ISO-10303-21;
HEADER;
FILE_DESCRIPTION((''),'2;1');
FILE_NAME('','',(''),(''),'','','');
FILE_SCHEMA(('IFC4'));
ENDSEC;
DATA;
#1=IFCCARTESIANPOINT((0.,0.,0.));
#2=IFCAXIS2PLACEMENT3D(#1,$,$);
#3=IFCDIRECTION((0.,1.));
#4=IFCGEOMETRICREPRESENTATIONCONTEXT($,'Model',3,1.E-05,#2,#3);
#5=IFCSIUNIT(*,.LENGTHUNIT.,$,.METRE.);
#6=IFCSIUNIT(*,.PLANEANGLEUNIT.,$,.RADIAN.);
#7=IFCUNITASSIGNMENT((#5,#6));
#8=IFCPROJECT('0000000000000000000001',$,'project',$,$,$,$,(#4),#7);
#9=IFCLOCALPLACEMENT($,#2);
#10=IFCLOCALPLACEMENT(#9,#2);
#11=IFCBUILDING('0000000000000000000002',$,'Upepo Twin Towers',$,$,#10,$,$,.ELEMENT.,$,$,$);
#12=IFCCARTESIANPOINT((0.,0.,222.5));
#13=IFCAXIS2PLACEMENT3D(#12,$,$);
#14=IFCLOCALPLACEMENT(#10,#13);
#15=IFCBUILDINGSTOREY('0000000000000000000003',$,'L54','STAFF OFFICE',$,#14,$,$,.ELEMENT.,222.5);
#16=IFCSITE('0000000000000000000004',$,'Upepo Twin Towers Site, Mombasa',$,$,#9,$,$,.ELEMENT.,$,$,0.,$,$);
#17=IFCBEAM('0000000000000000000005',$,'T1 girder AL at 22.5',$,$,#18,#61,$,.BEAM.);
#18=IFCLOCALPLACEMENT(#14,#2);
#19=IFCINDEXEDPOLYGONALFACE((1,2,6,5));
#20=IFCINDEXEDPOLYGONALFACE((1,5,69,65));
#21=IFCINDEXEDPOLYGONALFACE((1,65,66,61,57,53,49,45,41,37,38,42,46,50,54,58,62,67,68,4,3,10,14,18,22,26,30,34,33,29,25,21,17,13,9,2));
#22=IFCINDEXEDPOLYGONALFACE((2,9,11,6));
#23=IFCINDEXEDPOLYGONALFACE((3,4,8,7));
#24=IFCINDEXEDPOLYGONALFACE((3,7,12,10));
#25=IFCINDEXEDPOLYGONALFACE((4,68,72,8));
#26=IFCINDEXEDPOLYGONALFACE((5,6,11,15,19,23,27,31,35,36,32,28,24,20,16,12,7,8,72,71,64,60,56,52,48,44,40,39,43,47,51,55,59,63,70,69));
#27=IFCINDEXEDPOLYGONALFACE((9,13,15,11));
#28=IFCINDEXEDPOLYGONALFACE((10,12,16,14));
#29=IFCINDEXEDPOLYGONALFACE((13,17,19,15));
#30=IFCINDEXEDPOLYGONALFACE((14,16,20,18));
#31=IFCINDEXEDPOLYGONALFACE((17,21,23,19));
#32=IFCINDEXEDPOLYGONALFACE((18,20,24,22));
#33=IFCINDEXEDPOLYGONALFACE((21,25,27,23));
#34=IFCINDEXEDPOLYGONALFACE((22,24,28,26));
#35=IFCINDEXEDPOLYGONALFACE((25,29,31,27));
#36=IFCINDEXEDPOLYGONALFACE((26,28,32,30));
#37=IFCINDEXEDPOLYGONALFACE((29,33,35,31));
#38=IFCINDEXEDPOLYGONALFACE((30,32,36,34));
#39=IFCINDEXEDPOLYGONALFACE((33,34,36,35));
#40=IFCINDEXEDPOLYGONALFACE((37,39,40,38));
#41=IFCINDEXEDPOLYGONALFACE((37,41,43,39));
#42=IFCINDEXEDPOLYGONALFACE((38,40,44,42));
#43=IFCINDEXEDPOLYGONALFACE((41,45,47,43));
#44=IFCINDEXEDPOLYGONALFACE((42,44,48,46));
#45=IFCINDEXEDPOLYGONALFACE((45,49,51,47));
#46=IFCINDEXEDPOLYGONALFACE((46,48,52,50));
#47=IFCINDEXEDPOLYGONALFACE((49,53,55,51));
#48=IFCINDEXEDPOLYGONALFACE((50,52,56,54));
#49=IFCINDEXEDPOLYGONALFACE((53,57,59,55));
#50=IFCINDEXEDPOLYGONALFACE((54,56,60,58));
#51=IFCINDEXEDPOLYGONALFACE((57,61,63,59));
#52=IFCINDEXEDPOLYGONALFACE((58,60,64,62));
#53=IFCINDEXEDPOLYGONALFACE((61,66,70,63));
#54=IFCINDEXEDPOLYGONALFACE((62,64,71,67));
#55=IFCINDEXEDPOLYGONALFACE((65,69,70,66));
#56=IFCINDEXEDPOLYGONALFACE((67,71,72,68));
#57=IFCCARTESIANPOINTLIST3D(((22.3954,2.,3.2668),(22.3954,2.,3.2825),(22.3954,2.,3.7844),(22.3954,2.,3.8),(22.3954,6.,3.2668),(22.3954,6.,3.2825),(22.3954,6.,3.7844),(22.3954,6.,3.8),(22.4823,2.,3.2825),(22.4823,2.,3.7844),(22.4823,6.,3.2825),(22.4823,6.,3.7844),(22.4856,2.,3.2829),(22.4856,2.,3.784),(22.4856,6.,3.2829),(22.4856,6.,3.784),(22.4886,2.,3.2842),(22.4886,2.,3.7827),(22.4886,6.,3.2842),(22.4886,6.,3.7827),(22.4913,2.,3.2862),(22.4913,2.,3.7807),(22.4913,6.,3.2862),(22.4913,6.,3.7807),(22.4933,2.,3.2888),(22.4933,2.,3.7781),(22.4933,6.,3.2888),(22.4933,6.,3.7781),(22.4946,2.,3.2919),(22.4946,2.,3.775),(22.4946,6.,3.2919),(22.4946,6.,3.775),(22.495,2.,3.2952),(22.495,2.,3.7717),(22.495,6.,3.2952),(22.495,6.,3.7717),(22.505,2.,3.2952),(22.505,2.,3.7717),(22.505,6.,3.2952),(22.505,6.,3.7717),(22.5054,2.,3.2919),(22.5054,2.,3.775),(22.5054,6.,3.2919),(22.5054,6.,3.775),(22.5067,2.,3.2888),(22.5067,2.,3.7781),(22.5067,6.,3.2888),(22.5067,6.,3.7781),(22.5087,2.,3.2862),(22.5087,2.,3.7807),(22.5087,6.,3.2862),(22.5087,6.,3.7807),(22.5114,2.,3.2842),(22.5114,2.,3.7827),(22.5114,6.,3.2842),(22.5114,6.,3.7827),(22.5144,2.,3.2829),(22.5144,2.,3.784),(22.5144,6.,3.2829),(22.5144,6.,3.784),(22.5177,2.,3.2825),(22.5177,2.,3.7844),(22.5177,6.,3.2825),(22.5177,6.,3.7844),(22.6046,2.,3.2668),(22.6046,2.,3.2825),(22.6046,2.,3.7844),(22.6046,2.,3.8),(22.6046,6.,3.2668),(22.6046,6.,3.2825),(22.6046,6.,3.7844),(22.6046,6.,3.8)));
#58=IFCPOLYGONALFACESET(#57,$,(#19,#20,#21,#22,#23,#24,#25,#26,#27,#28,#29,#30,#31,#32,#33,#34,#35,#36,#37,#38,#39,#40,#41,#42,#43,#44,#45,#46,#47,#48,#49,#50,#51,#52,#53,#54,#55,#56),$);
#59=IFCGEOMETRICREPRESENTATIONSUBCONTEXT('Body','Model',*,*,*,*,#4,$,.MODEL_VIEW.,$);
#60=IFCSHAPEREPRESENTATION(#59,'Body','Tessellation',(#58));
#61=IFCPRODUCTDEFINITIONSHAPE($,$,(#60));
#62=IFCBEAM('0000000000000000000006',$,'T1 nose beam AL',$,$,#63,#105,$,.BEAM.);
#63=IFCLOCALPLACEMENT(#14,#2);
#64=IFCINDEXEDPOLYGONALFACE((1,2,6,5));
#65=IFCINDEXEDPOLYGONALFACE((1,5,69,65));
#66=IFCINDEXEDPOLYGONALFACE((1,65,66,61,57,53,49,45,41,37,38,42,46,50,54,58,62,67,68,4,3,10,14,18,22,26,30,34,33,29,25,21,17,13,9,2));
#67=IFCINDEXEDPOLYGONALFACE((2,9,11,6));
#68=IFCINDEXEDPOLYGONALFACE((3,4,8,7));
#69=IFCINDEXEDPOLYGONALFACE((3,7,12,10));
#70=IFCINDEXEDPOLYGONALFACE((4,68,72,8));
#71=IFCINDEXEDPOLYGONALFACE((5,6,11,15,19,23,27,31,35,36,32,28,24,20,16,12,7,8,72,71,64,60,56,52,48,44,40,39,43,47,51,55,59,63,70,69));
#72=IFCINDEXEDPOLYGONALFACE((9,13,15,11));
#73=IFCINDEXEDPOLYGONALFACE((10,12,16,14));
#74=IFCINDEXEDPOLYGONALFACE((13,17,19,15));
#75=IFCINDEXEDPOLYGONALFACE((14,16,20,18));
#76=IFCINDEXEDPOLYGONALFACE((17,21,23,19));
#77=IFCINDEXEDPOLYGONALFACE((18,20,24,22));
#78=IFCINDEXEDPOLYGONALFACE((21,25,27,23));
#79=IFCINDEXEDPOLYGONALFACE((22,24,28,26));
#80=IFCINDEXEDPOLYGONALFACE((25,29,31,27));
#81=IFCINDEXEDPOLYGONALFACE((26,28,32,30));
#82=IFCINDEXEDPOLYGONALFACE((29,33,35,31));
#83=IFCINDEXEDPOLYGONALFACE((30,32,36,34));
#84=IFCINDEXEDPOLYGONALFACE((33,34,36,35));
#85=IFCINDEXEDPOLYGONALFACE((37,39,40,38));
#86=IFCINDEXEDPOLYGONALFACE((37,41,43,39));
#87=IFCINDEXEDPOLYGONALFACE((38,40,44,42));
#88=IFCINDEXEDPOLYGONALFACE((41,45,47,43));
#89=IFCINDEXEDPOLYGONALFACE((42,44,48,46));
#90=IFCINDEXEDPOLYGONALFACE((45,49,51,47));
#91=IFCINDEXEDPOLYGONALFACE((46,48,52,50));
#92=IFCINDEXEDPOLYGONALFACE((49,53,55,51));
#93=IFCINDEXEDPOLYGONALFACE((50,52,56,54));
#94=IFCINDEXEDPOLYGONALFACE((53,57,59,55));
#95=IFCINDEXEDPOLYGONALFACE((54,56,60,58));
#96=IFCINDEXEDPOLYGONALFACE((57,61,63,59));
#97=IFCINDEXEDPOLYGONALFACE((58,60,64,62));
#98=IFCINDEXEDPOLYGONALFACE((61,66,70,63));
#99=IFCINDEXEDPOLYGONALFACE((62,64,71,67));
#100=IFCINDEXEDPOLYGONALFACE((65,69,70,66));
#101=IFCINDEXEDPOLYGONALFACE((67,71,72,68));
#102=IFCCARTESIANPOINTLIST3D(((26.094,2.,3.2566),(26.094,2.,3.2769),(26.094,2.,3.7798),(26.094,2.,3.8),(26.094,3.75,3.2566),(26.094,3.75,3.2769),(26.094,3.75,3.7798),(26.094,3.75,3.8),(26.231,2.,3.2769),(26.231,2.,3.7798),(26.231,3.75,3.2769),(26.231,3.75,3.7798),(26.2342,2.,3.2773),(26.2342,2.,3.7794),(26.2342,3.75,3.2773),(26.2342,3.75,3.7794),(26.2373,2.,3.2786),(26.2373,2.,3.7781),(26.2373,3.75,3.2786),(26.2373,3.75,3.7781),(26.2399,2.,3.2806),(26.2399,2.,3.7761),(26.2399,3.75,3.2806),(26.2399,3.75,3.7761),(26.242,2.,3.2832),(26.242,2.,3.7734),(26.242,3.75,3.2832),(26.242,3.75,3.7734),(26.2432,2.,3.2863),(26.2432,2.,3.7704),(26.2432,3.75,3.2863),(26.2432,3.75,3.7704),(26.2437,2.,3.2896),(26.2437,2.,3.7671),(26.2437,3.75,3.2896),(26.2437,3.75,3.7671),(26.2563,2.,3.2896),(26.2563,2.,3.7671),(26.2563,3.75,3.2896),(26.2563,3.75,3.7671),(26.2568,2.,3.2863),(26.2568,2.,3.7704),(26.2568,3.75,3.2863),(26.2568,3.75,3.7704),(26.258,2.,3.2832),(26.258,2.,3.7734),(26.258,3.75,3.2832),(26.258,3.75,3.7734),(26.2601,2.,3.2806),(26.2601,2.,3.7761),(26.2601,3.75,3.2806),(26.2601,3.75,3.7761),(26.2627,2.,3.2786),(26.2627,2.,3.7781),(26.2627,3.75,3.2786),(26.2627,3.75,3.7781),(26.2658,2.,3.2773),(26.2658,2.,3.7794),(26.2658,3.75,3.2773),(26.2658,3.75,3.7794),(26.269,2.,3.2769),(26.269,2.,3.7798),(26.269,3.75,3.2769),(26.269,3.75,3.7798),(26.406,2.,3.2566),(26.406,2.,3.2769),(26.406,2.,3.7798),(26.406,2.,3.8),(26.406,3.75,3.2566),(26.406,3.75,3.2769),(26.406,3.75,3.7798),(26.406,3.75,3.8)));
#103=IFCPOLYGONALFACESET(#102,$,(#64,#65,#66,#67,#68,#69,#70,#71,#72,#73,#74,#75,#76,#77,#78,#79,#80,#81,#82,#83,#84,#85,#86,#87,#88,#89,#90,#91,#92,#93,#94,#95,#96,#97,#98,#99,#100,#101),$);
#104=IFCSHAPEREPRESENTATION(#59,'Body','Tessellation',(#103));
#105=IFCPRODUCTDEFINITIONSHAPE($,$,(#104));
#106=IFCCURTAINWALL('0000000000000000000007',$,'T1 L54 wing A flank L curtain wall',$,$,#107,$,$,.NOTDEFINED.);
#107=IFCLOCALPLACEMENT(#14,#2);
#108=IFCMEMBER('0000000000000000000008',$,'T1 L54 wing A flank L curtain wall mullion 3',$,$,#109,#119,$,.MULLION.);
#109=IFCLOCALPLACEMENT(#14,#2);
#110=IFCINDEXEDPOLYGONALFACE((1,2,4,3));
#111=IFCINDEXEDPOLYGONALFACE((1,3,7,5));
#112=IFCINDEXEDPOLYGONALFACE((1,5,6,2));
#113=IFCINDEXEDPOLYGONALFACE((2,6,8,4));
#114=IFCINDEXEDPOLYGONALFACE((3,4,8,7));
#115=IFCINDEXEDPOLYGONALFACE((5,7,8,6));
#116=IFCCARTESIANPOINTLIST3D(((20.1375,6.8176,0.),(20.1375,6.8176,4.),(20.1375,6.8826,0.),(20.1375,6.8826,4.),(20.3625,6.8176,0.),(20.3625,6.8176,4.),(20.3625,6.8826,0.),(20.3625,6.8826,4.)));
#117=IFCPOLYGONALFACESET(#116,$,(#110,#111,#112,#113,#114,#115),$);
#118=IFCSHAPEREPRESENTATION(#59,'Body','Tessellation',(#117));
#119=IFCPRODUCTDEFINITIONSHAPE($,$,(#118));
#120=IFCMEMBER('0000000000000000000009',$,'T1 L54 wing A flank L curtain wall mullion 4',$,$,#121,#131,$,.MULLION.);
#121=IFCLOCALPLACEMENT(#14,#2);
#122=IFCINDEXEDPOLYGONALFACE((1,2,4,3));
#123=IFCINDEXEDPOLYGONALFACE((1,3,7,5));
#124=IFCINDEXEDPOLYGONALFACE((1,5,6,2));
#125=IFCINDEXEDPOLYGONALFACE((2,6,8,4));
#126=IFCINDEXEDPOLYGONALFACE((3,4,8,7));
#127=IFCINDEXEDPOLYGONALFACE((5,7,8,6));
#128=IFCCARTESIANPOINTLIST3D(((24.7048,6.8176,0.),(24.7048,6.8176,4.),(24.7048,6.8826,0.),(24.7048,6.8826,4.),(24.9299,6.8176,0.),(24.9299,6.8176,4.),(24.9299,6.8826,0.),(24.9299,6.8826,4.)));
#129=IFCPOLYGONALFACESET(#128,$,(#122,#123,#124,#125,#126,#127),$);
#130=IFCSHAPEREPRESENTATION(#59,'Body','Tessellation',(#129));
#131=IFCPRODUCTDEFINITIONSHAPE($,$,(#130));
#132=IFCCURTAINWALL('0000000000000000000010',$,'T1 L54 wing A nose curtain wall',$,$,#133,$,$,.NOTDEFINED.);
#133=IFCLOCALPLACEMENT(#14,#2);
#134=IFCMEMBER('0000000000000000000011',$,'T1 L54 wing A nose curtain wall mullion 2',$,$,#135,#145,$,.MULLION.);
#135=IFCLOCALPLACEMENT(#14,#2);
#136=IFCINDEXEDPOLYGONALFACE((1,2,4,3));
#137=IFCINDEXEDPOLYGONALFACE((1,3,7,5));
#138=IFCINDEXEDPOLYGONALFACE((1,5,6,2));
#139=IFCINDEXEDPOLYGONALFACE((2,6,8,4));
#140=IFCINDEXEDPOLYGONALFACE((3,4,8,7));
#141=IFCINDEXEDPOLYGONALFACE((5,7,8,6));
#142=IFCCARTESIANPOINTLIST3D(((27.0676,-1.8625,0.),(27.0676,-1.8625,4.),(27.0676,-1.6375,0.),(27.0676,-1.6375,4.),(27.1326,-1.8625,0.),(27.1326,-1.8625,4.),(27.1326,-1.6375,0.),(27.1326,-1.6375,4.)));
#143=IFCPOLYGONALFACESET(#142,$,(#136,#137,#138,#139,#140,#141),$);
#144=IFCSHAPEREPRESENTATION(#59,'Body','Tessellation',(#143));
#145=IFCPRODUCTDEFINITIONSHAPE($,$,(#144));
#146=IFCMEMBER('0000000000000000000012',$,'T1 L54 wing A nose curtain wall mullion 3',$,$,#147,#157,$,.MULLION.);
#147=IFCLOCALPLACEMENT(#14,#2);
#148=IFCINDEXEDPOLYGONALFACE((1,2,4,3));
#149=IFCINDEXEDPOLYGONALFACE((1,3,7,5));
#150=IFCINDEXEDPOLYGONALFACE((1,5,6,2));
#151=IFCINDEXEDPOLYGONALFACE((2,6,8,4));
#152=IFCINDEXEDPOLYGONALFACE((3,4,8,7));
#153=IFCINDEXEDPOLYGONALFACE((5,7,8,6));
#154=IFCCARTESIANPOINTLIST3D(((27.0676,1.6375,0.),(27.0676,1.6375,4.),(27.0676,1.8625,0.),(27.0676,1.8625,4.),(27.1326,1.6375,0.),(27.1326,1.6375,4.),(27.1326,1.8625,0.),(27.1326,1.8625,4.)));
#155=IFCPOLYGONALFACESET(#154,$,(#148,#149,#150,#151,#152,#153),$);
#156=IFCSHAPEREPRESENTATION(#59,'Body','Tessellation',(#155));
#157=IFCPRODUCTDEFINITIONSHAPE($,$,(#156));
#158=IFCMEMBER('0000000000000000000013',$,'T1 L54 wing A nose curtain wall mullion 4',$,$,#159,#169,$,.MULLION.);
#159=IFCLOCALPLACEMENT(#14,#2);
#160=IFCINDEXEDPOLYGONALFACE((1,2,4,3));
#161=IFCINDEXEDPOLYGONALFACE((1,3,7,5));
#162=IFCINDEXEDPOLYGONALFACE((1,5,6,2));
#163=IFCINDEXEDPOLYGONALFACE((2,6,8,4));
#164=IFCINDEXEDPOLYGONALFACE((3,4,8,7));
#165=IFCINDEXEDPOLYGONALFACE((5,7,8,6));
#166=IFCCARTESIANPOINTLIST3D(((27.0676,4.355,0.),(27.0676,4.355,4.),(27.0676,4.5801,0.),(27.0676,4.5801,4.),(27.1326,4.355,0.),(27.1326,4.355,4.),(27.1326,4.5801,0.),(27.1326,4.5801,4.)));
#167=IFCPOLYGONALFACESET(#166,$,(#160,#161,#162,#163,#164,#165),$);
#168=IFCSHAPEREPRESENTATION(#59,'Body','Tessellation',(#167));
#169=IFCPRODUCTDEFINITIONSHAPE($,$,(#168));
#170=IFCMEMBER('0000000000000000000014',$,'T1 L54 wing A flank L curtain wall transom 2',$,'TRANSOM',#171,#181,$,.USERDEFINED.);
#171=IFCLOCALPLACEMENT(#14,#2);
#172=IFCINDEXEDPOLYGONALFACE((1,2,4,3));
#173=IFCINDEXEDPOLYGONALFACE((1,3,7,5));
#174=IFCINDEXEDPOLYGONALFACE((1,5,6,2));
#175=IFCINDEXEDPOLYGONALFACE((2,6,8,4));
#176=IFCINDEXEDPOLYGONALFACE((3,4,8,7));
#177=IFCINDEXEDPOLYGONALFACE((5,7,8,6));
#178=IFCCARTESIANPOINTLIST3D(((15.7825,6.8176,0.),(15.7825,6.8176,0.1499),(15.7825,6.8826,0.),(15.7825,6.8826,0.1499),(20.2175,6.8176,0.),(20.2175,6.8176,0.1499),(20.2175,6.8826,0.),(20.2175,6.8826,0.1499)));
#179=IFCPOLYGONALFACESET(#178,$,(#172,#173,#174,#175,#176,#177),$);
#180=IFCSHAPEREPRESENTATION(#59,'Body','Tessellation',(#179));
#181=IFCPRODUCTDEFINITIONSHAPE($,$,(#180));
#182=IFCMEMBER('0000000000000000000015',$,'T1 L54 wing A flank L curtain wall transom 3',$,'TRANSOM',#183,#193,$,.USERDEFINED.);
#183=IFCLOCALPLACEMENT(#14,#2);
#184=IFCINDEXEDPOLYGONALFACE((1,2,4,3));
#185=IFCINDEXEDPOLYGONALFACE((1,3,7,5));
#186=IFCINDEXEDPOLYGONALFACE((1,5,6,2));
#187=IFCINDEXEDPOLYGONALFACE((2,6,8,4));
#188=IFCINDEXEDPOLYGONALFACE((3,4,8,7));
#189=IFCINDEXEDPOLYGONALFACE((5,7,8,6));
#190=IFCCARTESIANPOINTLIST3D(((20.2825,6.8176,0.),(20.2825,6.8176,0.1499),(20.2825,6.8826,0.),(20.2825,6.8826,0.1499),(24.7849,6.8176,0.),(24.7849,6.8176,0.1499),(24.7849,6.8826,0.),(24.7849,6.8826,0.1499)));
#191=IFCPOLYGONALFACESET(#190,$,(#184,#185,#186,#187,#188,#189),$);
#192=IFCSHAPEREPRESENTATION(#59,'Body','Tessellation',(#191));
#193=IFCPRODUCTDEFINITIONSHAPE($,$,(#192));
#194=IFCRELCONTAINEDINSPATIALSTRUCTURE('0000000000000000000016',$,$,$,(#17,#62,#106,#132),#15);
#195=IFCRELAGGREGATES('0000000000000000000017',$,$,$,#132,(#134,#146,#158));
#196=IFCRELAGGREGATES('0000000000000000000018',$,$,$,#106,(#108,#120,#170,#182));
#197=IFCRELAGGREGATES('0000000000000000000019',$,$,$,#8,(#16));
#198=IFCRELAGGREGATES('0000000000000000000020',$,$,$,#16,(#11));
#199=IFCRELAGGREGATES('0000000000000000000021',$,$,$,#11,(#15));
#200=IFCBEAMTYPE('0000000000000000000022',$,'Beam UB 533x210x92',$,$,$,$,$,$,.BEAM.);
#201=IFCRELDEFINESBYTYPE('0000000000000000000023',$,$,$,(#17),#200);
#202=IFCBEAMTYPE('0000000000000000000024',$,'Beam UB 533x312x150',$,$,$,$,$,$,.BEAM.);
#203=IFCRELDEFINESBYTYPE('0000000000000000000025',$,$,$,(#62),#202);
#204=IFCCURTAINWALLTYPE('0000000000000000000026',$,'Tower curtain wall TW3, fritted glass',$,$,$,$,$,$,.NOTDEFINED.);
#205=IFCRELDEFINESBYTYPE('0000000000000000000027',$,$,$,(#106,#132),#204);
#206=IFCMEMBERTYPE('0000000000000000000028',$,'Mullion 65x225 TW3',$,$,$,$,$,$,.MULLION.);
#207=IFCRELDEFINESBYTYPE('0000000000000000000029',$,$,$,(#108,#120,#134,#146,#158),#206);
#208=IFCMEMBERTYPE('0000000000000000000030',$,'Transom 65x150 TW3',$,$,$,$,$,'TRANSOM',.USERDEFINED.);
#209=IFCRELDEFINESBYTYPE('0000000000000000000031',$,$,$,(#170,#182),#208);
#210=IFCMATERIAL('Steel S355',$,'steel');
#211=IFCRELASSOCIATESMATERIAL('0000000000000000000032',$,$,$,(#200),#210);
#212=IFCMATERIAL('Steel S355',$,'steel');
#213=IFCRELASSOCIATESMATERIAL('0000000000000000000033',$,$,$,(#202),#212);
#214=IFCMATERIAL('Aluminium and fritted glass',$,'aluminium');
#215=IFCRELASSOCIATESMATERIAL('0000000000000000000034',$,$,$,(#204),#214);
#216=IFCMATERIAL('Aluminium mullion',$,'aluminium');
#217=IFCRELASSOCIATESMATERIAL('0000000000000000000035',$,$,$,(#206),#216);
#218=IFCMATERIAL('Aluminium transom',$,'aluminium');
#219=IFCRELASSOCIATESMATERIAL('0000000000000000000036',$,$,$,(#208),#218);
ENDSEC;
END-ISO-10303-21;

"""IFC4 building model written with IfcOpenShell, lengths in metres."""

from ifc_helpers import new_model, si_unit, direction, frame, origin, origin_2d, place, context, subcontext, project, spatial, rectangle, i_section, extrude, material, material_profile, profile_set, type_object, element, aggregate, save


model = new_model("IFC4")

# Units and contexts
model_context = context("Model", 3, precision=1e-05, world=origin(), true_north=direction((0.0, 1.0)))
body_context = subcontext(model_context, "Body", "Model", "MODEL_VIEW")
ifc_project = project(units=[si_unit("LENGTHUNIT", "METRE"), si_unit("PLANEANGLEUNIT", "RADIAN")], contexts=[model_context])

# Site, building, storey
site_placement = place(None, origin())
site = spatial("IfcSite", under=ifc_project, at=site_placement, Name="Upepo Twin Towers Site, Mombasa", CompositionType="ELEMENT", RefElevation=0.0)
building_placement = place(site_placement, origin())
building = spatial("IfcBuilding", under=site, at=building_placement, Name="Upepo Twin Towers", CompositionType="ELEMENT")
storey_placement = place(building_placement, frame((0.0, 0.0, 222.5)))
storey = spatial("IfcBuildingStorey", under=building, at=storey_placement, Name="L54", Description="STAFF OFFICE", CompositionType="ELEMENT", Elevation=222.5)

# Beams
ifc_material_1 = material(Name="Steel S355", Category="steel")
ifc_material_profile_1 = material_profile(ifc_material_1, i_section(OverallWidth=0.2092, OverallDepth=0.5332, WebThickness=0.01, FlangeThickness=0.0156, FilletRadius=0.0127, at=origin_2d()), Name="UB 533x210x92")
ifc_profile_set_1 = profile_set([ifc_material_profile_1], Name="Steel S355")
beam_type_1 = type_object("IfcBeamType", Name="Beam UB 533x210x92", PredefinedType="BEAM", material=ifc_profile_set_1)
for number, where, z_axis, x_axis, name in (
    (1, (22.5, 6.0, 3.5334), (0.0, -1.0, 0.0), (1.0, 0.0, 0.0), "T1 girder AL at 22.5"),
):
    element("IfcBeam", number, at=place(storey_placement, frame(where, z_axis=z_axis, x_axis=x_axis)), inside=storey, type_object=beam_type_1, Name=name, PredefinedType="BEAM", context=body_context, shape_type="SweptSolid", body=[
        extrude(i_section(OverallWidth=0.2092, OverallDepth=0.5332, WebThickness=0.01, FlangeThickness=0.0156, FilletRadius=0.0127, at=origin_2d()), origin(), (0.0, 0.0, 1.0), 4.0),
    ])
ifc_material_2 = material(Name="Steel S355", Category="steel")
ifc_material_profile_2 = material_profile(ifc_material_2, i_section(OverallWidth=0.312, OverallDepth=0.5435, WebThickness=0.0127, FlangeThickness=0.0203, FilletRadius=0.0127, at=origin_2d()), Name="UB 533x312x150")
ifc_profile_set_2 = profile_set([ifc_material_profile_2], Name="Steel S355")
beam_type_2 = type_object("IfcBeamType", Name="Beam UB 533x312x150", PredefinedType="BEAM", material=ifc_profile_set_2)
beam_1_placement = place(storey_placement, frame((26.25, 3.75, 3.5283), z_axis=(0.0, -1.0, 0.0), x_axis=(1.0, 0.0, 0.0)))
element("IfcBeam", 2, at=beam_1_placement, inside=storey, type_object=beam_type_2, Name="T1 nose beam AL", PredefinedType="BEAM", context=body_context, shape_type="SweptSolid", body=[
    extrude(i_section(OverallWidth=0.312, OverallDepth=0.5435, WebThickness=0.0127, FlangeThickness=0.0203, FilletRadius=0.0127, at=origin_2d()), origin(), (0.0, 0.0, 1.0), 1.75),
])

# Curtain walls, members
ifc_material_3 = material(Name="Aluminium and fritted glass", Category="aluminium")
curtain_wall_type = type_object("IfcCurtainWallType", Name="Tower curtain wall TW3, fritted glass", PredefinedType="NOTDEFINED", material=ifc_material_3)
curtain_wall_1_placement = place(storey_placement, origin())
curtain_wall_1 = element("IfcCurtainWall", 3, at=curtain_wall_1_placement, inside=storey, type_object=curtain_wall_type, Name="T1 L54 wing A flank L curtain wall", PredefinedType="NOTDEFINED")
ifc_material_4 = material(Name="Aluminium mullion", Category="aluminium")
ifc_material_profile_3 = material_profile(ifc_material_4, rectangle(XDim=0.0649, YDim=0.2251, at=origin_2d()), Name="MULLION 65x225")
ifc_profile_set_3 = profile_set([ifc_material_profile_3], Name="Aluminium mullion")
member_type_1 = type_object("IfcMemberType", Name="Mullion 65x225 TW3", PredefinedType="MULLION", material=ifc_profile_set_3)
member_1_placement = place(storey_placement, frame((20.25, 6.8501, 0.0), z_axis=(0.0, 0.0, 1.0), x_axis=(0.0, 1.0, 0.0)))
member_1 = element("IfcMember", 4, at=member_1_placement, type_object=member_type_1, Name="T1 L54 wing A flank L curtain wall mullion 3", PredefinedType="MULLION", context=body_context, shape_type="SweptSolid", body=[
    extrude(rectangle(XDim=0.0649, YDim=0.2251, at=origin_2d()), origin(), (0.0, 0.0, 1.0), 4.0),
])
member_2_placement = place(storey_placement, frame((24.8174, 6.8501, 0.0), z_axis=(0.0, 0.0, 1.0), x_axis=(0.0, 1.0, 0.0)))
member_2 = element("IfcMember", 5, at=member_2_placement, type_object=member_type_1, Name="T1 L54 wing A flank L curtain wall mullion 4", PredefinedType="MULLION", context=body_context, shape_type="SweptSolid", body=[
    extrude(rectangle(XDim=0.0649, YDim=0.2251, at=origin_2d()), origin(), (0.0, 0.0, 1.0), 4.0),
])
curtain_wall_2_placement = place(storey_placement, origin())
curtain_wall_2 = element("IfcCurtainWall", 6, at=curtain_wall_2_placement, inside=storey, type_object=curtain_wall_type, Name="T1 L54 wing A nose curtain wall", PredefinedType="NOTDEFINED")
member_3_placement = place(storey_placement, frame((27.1001, -1.75, 0.0), z_axis=(0.0, 0.0, 1.0), x_axis=(-1.0, 0.0, 0.0)))
member_3 = element("IfcMember", 7, at=member_3_placement, type_object=member_type_1, Name="T1 L54 wing A nose curtain wall mullion 2", PredefinedType="MULLION", context=body_context, shape_type="SweptSolid", body=[
    extrude(rectangle(XDim=0.0649, YDim=0.2251, at=origin_2d()), origin(), (0.0, 0.0, 1.0), 4.0),
])
member_4_placement = place(storey_placement, frame((27.1001, 1.75, 0.0), z_axis=(0.0, 0.0, 1.0), x_axis=(-1.0, 0.0, 0.0)))
member_4 = element("IfcMember", 8, at=member_4_placement, type_object=member_type_1, Name="T1 L54 wing A nose curtain wall mullion 3", PredefinedType="MULLION", context=body_context, shape_type="SweptSolid", body=[
    extrude(rectangle(XDim=0.0649, YDim=0.2251, at=origin_2d()), origin(), (0.0, 0.0, 1.0), 4.0),
])
member_5_placement = place(storey_placement, frame((27.1001, 4.4675, 0.0), z_axis=(0.0, 0.0, 1.0), x_axis=(-1.0, 0.0, 0.0)))
member_5 = element("IfcMember", 9, at=member_5_placement, type_object=member_type_1, Name="T1 L54 wing A nose curtain wall mullion 4", PredefinedType="MULLION", context=body_context, shape_type="SweptSolid", body=[
    extrude(rectangle(XDim=0.0649, YDim=0.2251, at=origin_2d()), origin(), (0.0, 0.0, 1.0), 4.0),
])

# Members
ifc_material_5 = material(Name="Aluminium transom", Category="aluminium")
ifc_material_profile_4 = material_profile(ifc_material_5, rectangle(XDim=0.0649, YDim=0.1499, at=origin_2d()), Name="TRANSOM 65x150")
ifc_profile_set_4 = profile_set([ifc_material_profile_4], Name="Aluminium transom")
member_type_2 = type_object("IfcMemberType", Name="Transom 65x150 TW3", ElementType="TRANSOM", PredefinedType="USERDEFINED", material=ifc_profile_set_4)
member_6_placement = place(storey_placement, frame((15.7825, 6.8501, 0.075), z_axis=(1.0, 0.0, 0.0), x_axis=(0.0, 1.0, 0.0)))
member_6 = element("IfcMember", 10, at=member_6_placement, type_object=member_type_2, Name="T1 L54 wing A flank L curtain wall transom 2", ObjectType="TRANSOM", PredefinedType="USERDEFINED", context=body_context, shape_type="SweptSolid", body=[
    extrude(rectangle(XDim=0.0649, YDim=0.1499, at=origin_2d()), origin(), (0.0, 0.0, 1.0), 4.4351),
])
member_7_placement = place(storey_placement, frame((20.2825, 6.8501, 0.075), z_axis=(1.0, 0.0, 0.0), x_axis=(0.0, 1.0, 0.0)))
member_7 = element("IfcMember", 11, at=member_7_placement, type_object=member_type_2, Name="T1 L54 wing A flank L curtain wall transom 3", ObjectType="TRANSOM", PredefinedType="USERDEFINED", context=body_context, shape_type="SweptSolid", body=[
    extrude(rectangle(XDim=0.0649, YDim=0.1499, at=origin_2d()), origin(), (0.0, 0.0, 1.0), 4.5024),
])
aggregate(curtain_wall_2, [member_3, member_4, member_5])

aggregate(curtain_wall_1, [member_1, member_2, member_6, member_7])

save(model, "model.ifc")
